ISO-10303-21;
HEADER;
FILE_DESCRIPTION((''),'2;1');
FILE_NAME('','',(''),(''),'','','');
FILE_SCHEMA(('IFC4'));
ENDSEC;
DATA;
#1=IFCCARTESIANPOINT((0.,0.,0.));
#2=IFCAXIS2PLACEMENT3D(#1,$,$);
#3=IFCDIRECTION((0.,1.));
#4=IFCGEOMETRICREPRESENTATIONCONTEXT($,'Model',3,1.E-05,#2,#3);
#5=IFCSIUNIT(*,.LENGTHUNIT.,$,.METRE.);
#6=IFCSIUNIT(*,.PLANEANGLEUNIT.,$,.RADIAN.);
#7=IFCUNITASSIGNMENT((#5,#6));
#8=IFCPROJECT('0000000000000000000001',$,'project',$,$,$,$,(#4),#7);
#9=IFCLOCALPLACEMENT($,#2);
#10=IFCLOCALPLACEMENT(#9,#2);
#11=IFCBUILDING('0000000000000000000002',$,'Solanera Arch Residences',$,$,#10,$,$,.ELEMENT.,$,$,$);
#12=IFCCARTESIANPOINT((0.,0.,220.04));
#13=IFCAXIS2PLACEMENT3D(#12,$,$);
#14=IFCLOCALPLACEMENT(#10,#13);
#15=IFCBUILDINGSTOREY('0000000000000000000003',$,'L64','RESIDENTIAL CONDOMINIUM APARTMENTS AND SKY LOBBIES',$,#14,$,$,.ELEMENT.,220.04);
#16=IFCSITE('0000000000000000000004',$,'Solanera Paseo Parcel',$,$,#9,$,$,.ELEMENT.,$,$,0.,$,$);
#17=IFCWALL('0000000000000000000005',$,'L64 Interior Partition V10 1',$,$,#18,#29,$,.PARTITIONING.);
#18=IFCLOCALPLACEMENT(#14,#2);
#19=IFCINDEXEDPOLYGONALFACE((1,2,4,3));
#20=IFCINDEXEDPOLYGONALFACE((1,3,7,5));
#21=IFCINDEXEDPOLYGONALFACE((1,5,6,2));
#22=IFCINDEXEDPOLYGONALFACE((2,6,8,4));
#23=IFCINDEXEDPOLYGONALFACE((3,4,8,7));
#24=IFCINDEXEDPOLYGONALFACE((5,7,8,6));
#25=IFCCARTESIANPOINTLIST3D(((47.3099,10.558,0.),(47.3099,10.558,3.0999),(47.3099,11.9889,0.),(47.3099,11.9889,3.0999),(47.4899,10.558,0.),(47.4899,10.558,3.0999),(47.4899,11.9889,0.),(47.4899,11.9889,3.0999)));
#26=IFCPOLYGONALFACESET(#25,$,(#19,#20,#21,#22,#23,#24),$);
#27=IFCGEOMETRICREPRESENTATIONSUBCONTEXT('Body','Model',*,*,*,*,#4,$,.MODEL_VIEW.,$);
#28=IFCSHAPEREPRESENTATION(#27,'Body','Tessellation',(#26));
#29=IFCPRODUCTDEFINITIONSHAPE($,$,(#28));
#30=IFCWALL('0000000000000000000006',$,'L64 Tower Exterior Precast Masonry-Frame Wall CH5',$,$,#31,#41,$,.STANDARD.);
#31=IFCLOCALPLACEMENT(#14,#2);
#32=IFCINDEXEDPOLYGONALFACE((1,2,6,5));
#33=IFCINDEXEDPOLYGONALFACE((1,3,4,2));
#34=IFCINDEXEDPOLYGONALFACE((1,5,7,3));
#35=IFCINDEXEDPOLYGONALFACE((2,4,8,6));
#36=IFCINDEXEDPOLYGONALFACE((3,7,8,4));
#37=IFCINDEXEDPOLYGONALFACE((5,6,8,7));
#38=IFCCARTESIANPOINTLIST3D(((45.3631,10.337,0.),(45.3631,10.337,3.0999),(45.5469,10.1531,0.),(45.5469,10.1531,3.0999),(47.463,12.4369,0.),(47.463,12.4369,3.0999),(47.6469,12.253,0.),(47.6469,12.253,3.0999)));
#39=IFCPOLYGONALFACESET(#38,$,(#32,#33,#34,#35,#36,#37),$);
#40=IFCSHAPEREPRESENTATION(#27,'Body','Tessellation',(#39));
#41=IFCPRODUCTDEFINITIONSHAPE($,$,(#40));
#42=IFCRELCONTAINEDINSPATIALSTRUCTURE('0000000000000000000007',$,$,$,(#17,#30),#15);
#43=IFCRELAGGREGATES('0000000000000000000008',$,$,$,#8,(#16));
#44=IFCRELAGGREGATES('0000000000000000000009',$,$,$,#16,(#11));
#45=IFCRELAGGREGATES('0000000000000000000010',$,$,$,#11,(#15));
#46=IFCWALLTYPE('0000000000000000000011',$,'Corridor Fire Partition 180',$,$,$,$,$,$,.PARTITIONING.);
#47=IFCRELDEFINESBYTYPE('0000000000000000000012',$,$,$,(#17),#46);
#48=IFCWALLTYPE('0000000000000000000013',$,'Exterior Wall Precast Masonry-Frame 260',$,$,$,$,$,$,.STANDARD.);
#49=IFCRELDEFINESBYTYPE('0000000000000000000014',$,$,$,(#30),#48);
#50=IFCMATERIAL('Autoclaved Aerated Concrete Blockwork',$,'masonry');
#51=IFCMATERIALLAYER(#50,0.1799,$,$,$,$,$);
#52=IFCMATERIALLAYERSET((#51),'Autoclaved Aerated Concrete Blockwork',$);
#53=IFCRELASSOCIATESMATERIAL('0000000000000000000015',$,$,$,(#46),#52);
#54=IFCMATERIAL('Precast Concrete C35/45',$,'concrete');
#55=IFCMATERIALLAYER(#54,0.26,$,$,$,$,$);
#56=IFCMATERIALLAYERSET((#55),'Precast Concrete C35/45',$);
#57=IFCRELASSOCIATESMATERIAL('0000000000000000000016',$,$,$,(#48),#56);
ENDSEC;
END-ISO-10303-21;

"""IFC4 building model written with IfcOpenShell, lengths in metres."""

from ifc_helpers import new_model, si_unit, direction, frame, frame_2d, origin, place, context, subcontext, project, spatial, rectangle, extrude, material, layer, layer_set, type_object, element, save


model = new_model("IFC4")

# Units and contexts
model_context = context("Model", 3, precision=1e-05, world=origin(), true_north=direction((0.0, 1.0)))
body_context = subcontext(model_context, "Body", "Model", "MODEL_VIEW")
ifc_project = project(units=[si_unit("LENGTHUNIT", "METRE"), si_unit("PLANEANGLEUNIT", "RADIAN")], contexts=[model_context])

# Site, building, storey
site_placement = place(None, origin())
site = spatial("IfcSite", under=ifc_project, at=site_placement, Name="Solanera Paseo Parcel", CompositionType="ELEMENT", RefElevation=0.0)
building_placement = place(site_placement, origin())
building = spatial("IfcBuilding", under=site, at=building_placement, Name="Solanera Arch Residences", CompositionType="ELEMENT")
storey_placement = place(building_placement, frame((0.0, 0.0, 220.04)))
storey = spatial("IfcBuildingStorey", under=building, at=storey_placement, Name="L64", Description="RESIDENTIAL CONDOMINIUM APARTMENTS AND SKY LOBBIES", CompositionType="ELEMENT", Elevation=220.04)

# Walls
ifc_material_1 = material(Name="Autoclaved Aerated Concrete Blockwork", Category="masonry")
ifc_layer_1 = layer(ifc_material_1, 0.1799)
ifc_layer_set_1 = layer_set([ifc_layer_1], Name="Autoclaved Aerated Concrete Blockwork")
wall_type_1 = type_object("IfcWallType", Name="Corridor Fire Partition 180", PredefinedType="PARTITIONING", material=ifc_layer_set_1)
wall_1_placement = place(storey_placement, frame((47.3999, 10.5581, 0.0), z_axis=(0.0, 0.0, 1.0), x_axis=(0.0, 1.0, 0.0)))
element("IfcWall", 1, at=wall_1_placement, inside=storey, type_object=wall_type_1, Name="L64 Interior Partition V10 1", PredefinedType="PARTITIONING", context=body_context, shape_type="SweptSolid", body=[
    extrude(rectangle(XDim=1.4309, YDim=0.1799, at=frame_2d((0.7153, 0.0))), origin(), (0.0, 0.0, 1.0), 3.0999),
])
ifc_material_2 = material(Name="Precast Concrete C35/45", Category="concrete")
ifc_layer_2 = layer(ifc_material_2, 0.26)
ifc_layer_set_2 = layer_set([ifc_layer_2], Name="Precast Concrete C35/45")
wall_type_2 = type_object("IfcWallType", Name="Exterior Wall Precast Masonry-Frame 260", PredefinedType="STANDARD", material=ifc_layer_set_2)
wall_2_placement = place(storey_placement, frame((47.5549, 12.345, 0.0), z_axis=(0.0, 0.0, 1.0), x_axis=(-0.707107, -0.707107, 0.0)))
element("IfcWall", 2, at=wall_2_placement, inside=storey, type_object=wall_type_2, Name="L64 Tower Exterior Precast Masonry-Frame Wall CH5", PredefinedType="STANDARD", context=body_context, shape_type="SweptSolid", body=[
    extrude(rectangle(XDim=2.9697, YDim=0.26, at=frame_2d((1.4849, 0.0))), origin(), (0.0, 0.0, 1.0), 3.0999),
])

save(model, "model.ifc")
